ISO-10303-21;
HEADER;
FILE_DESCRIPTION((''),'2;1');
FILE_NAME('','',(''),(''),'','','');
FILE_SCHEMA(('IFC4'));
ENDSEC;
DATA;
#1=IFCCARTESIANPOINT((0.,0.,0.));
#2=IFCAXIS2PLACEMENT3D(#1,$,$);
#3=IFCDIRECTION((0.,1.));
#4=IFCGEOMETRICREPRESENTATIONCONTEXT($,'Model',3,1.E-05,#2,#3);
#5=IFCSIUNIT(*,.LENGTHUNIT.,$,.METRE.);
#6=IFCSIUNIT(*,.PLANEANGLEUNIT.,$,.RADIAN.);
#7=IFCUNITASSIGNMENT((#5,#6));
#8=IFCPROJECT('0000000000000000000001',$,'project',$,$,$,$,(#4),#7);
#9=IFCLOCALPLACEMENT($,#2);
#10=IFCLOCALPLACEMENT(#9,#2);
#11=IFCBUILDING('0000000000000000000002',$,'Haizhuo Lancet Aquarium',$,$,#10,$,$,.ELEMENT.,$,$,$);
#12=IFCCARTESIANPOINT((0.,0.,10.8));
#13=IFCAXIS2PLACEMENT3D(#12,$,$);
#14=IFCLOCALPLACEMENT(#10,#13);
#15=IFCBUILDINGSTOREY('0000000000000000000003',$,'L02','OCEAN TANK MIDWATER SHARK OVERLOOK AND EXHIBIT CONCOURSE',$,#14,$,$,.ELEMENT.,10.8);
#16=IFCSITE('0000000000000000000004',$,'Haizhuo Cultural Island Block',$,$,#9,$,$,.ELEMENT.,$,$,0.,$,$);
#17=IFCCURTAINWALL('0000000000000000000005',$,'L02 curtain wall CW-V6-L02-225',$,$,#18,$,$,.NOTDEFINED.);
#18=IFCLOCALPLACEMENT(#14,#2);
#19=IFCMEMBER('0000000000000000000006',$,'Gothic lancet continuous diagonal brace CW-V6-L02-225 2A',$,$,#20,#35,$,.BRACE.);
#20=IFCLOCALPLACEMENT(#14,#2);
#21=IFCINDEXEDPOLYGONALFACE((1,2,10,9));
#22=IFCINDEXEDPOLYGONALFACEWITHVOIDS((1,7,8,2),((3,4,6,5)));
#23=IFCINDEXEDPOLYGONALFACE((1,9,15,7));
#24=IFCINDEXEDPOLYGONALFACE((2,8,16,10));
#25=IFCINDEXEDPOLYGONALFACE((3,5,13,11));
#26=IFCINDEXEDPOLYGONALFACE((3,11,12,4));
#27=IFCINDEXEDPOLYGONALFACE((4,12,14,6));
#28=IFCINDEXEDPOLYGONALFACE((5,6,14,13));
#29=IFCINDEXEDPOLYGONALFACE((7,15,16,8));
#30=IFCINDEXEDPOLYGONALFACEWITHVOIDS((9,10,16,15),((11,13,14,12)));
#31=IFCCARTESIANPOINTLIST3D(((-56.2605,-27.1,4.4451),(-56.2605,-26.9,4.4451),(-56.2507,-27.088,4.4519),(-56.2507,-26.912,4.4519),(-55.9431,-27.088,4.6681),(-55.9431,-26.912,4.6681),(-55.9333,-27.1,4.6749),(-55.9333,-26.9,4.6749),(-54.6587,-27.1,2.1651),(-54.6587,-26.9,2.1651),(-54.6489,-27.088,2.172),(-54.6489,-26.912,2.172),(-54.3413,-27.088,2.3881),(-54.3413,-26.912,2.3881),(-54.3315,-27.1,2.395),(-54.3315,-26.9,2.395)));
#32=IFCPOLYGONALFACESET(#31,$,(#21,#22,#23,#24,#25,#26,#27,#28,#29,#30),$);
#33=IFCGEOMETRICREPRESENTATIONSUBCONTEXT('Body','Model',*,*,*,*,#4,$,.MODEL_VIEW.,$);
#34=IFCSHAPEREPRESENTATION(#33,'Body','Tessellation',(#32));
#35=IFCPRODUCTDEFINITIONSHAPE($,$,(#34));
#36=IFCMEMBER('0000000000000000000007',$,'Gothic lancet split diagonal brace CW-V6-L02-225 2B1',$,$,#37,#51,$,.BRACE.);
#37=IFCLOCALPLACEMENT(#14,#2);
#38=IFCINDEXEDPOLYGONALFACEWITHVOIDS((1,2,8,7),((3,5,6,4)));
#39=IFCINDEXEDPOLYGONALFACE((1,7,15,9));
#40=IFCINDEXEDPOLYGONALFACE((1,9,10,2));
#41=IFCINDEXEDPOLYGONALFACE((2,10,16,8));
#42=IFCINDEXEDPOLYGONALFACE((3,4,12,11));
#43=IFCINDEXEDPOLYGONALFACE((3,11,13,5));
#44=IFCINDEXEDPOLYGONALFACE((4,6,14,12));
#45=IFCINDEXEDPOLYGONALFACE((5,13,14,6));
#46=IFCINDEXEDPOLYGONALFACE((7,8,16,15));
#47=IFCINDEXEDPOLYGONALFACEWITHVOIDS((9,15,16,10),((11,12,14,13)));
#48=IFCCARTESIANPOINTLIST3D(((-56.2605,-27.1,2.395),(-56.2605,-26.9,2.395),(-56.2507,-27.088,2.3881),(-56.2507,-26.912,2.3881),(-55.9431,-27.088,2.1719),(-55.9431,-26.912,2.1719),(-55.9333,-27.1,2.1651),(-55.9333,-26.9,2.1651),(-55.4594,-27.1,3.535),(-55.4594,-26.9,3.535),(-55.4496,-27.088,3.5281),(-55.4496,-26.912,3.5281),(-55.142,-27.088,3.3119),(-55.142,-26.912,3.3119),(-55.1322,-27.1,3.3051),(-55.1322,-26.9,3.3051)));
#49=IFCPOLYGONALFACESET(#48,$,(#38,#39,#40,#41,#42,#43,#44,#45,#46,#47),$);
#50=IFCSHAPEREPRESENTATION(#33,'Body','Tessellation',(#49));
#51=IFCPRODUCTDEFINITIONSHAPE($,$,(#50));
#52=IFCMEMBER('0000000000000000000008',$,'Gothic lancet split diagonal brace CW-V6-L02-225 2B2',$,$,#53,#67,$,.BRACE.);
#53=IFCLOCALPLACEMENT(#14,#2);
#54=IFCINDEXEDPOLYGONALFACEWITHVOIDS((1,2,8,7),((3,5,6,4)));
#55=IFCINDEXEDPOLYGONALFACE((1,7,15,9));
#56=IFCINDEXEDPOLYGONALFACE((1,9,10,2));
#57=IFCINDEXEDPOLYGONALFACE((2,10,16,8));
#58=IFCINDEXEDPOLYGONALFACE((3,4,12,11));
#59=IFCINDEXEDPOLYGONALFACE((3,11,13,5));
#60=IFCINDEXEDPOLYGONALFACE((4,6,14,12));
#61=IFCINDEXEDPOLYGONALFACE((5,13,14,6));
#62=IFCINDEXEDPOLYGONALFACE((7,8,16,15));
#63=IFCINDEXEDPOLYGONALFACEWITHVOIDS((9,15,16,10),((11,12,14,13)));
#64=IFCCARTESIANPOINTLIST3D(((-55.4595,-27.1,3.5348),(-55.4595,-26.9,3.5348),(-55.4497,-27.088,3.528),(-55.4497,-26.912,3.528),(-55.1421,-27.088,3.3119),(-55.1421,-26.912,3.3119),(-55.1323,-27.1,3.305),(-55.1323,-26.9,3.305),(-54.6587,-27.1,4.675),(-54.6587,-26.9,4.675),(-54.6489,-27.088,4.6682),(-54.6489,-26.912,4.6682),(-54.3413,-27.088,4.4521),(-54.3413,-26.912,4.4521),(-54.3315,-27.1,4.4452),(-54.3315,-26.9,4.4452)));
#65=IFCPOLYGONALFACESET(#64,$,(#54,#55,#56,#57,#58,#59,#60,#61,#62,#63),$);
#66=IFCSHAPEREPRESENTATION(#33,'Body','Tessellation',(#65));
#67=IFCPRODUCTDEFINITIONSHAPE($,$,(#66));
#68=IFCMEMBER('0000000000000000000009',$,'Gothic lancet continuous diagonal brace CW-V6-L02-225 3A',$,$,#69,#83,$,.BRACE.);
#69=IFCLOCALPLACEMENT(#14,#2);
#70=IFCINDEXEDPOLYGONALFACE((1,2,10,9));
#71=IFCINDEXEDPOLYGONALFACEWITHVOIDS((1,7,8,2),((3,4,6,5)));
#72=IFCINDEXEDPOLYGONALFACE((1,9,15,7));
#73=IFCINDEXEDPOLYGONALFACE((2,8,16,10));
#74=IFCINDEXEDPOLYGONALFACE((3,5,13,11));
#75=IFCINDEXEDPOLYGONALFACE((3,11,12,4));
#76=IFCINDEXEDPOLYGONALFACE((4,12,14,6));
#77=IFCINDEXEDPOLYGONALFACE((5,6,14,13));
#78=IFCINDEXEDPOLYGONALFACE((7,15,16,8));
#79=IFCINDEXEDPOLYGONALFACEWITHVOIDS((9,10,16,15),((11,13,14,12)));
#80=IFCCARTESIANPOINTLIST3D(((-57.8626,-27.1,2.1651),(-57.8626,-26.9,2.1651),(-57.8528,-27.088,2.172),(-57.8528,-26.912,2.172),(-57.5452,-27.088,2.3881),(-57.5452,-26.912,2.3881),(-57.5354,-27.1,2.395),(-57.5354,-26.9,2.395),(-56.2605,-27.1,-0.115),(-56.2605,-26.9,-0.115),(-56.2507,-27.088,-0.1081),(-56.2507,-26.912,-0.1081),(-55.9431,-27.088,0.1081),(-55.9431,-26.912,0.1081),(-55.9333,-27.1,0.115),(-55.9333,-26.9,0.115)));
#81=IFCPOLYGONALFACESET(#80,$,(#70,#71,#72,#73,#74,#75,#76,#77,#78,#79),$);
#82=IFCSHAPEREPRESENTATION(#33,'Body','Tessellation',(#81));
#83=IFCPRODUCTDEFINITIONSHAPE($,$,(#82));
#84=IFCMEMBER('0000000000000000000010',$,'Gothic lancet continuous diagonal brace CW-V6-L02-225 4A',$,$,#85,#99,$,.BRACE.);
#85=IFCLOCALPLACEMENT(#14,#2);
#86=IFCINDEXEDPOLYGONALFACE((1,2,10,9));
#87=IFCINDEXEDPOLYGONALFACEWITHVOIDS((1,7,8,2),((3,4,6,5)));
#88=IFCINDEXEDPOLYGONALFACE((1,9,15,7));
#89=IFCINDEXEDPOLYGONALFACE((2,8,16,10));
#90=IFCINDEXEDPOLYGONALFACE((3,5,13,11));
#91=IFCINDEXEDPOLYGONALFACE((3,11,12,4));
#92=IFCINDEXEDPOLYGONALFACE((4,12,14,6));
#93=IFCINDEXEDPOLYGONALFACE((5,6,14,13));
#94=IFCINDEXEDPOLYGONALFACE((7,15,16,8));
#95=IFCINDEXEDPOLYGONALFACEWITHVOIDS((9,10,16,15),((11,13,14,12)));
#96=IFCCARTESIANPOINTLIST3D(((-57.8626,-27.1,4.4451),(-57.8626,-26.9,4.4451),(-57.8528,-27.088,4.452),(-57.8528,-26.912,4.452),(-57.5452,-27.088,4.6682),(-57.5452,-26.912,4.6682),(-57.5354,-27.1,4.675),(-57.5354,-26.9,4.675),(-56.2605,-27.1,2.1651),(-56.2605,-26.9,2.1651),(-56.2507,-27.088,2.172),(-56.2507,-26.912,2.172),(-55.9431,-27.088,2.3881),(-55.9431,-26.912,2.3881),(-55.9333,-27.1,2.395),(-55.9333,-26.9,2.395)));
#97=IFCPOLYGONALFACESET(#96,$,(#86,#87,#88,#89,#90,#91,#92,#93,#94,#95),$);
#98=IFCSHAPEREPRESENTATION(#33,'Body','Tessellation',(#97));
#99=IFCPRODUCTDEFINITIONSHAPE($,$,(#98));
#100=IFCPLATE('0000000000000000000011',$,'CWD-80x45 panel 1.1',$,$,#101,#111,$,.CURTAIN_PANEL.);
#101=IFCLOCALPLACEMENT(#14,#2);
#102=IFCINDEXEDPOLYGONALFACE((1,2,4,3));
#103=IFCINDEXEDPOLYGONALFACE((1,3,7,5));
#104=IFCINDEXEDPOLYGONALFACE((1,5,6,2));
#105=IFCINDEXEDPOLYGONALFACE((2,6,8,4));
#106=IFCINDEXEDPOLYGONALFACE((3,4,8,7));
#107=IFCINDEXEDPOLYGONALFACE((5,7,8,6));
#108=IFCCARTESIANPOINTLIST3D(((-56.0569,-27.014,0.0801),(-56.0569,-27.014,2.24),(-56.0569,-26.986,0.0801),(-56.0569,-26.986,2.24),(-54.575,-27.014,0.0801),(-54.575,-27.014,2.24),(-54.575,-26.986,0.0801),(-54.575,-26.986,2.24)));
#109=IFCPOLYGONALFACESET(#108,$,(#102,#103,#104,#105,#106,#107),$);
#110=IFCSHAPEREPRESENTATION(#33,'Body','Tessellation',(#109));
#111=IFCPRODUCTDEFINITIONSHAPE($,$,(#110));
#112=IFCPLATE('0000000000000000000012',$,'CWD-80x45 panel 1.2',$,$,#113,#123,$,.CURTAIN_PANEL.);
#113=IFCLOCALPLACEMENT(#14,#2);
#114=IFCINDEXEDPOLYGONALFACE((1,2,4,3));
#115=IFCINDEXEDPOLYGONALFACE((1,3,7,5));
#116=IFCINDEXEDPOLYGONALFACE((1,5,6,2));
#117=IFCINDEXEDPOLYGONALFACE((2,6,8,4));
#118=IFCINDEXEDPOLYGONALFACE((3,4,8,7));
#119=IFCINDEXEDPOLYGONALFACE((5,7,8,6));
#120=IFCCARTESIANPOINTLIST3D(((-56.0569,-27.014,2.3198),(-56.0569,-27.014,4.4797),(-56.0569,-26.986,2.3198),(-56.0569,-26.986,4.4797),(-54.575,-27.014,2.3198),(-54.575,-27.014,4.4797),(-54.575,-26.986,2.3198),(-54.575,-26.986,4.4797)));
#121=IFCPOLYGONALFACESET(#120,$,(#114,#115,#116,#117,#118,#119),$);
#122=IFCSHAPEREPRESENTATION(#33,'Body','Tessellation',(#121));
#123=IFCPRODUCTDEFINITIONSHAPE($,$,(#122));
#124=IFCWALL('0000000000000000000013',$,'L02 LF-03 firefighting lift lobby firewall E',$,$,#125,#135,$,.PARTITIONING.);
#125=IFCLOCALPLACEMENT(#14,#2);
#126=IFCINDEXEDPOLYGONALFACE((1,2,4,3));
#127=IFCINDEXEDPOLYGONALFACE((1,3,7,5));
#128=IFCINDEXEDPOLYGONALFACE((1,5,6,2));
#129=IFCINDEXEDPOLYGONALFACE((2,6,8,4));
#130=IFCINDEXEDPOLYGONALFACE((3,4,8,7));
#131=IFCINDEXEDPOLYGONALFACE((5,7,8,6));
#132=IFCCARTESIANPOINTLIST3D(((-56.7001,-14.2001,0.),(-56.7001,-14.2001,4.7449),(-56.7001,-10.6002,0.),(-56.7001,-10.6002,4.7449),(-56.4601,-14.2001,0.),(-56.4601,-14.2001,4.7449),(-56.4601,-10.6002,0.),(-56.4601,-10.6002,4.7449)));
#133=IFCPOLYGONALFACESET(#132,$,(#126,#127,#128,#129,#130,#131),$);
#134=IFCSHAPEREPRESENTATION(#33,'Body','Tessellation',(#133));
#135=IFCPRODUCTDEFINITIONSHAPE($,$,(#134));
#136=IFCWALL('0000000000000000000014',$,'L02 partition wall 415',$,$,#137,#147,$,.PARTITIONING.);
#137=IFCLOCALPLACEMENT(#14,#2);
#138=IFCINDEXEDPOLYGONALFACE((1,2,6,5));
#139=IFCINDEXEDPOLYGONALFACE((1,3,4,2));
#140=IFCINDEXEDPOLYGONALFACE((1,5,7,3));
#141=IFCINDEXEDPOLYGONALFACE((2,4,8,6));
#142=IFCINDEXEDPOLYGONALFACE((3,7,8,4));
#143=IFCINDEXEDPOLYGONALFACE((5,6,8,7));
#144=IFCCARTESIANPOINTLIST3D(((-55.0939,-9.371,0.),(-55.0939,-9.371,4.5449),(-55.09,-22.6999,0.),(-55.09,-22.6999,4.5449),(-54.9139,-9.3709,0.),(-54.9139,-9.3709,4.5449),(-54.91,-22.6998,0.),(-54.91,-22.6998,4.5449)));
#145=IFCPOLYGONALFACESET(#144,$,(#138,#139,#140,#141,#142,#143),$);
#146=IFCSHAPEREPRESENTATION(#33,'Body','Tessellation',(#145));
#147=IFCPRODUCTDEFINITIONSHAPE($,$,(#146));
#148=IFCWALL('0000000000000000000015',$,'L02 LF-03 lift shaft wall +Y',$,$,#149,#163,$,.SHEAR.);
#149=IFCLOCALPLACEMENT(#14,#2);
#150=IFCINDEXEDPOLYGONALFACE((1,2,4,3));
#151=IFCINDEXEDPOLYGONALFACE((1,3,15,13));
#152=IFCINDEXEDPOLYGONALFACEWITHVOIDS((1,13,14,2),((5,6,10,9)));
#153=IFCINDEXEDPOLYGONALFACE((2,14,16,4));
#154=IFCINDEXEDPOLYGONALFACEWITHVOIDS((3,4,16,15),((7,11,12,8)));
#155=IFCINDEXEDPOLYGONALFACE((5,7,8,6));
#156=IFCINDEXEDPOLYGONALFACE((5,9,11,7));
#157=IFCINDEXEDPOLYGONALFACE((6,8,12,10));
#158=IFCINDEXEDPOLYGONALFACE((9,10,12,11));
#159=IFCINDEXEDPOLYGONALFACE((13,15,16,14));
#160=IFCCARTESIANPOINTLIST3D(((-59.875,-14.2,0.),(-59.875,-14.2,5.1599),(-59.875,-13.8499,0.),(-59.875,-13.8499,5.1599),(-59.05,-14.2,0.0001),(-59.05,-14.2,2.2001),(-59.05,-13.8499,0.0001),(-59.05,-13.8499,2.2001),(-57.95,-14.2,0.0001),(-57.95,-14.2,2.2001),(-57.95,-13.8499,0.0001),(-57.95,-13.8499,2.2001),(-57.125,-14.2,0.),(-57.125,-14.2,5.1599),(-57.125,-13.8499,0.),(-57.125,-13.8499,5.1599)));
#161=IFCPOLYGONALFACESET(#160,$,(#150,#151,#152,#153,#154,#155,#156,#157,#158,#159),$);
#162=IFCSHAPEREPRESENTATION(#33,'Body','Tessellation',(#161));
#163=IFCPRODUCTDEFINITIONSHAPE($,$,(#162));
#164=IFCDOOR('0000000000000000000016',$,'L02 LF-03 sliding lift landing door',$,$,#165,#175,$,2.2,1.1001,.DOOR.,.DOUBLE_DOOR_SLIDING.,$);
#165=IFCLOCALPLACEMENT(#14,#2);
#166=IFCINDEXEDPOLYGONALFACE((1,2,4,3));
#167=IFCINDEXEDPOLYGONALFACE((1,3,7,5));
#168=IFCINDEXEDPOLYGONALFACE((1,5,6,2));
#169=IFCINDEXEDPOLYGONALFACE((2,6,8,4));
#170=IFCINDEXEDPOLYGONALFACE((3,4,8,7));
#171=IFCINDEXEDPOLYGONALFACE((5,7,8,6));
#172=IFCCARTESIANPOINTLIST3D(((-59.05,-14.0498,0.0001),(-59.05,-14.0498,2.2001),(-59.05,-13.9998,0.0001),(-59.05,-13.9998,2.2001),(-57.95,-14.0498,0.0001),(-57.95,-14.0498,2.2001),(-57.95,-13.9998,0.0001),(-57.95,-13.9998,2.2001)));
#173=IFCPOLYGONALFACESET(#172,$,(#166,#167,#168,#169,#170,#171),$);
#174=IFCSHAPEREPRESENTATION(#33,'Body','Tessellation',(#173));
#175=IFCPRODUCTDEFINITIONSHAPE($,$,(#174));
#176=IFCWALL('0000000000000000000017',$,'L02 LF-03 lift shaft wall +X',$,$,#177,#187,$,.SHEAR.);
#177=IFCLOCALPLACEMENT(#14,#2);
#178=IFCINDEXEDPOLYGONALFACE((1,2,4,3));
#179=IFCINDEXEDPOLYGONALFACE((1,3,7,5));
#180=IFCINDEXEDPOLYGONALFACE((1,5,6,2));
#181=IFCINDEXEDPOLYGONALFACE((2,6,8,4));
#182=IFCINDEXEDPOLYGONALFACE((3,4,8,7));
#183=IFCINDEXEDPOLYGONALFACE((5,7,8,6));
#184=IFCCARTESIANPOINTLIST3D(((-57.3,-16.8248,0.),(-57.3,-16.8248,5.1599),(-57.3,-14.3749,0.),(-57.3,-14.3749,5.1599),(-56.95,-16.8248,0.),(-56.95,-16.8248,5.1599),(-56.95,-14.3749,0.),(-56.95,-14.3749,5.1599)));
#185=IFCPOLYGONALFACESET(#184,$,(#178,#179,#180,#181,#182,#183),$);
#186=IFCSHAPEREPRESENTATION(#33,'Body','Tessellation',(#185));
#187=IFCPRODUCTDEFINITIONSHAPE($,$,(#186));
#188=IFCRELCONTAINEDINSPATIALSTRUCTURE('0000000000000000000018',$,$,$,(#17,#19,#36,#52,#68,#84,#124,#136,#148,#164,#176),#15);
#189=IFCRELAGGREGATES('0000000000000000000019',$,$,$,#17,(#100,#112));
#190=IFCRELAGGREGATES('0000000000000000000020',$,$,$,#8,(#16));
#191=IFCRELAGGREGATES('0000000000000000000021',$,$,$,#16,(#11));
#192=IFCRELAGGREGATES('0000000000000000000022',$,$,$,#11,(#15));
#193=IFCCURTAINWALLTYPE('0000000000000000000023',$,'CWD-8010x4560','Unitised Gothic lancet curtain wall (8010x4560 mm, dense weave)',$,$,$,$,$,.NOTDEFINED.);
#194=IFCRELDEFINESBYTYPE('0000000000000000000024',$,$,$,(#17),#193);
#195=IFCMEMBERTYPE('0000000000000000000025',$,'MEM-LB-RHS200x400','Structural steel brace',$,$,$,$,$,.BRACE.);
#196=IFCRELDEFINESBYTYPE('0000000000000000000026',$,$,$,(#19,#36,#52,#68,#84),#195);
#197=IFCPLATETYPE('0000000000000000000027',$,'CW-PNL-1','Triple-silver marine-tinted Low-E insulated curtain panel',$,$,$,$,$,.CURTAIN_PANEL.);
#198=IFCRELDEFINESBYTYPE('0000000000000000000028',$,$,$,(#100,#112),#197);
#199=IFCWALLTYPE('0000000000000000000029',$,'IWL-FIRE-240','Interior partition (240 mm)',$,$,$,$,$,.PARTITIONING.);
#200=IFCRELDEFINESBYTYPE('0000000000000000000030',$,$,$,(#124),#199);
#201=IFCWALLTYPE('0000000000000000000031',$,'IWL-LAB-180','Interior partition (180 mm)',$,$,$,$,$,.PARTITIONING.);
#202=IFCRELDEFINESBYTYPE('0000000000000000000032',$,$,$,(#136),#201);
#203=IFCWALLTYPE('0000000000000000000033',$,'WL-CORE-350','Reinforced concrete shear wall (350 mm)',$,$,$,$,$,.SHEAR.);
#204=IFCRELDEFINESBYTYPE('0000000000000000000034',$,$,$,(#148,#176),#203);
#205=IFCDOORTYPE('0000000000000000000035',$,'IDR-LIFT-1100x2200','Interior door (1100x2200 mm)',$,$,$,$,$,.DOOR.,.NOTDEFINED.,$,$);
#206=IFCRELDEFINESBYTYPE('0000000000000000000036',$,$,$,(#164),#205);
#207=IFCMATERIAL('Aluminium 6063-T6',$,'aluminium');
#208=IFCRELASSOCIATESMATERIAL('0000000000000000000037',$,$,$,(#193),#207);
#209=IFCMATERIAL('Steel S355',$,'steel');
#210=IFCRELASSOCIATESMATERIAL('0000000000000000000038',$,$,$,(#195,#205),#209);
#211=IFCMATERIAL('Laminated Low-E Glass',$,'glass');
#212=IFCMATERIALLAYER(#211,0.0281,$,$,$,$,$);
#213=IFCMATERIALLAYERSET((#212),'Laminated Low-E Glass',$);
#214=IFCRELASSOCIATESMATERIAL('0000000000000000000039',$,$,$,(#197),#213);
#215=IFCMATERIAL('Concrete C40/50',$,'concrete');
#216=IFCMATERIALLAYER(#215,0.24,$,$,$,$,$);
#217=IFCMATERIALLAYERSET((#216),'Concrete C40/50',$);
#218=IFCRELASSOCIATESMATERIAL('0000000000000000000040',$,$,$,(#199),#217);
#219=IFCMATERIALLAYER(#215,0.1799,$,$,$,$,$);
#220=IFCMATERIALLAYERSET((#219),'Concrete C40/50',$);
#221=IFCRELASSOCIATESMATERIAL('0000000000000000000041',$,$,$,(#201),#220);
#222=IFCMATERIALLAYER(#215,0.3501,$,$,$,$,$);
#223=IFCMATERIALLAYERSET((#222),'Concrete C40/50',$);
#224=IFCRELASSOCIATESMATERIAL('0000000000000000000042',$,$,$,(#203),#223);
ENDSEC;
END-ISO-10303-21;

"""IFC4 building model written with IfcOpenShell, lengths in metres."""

from ifc_helpers import new_model, si_unit, direction, frame, frame_2d, origin, origin_2d, place, context, subcontext, project, spatial, rectangle, hollow_rectangle, extrude, material, layer, layer_set, material_profile, profile_set, type_object, element, fill, aggregate, save


model = new_model("IFC4")

# Units and contexts
model_context = context("Model", 3, precision=1e-05, world=origin(), true_north=direction((0.0, 1.0)))
body_context = subcontext(model_context, "Body", "Model", "MODEL_VIEW")
ifc_project = project(units=[si_unit("LENGTHUNIT", "METRE"), si_unit("PLANEANGLEUNIT", "RADIAN")], contexts=[model_context])

# Site, building, storey
site_placement = place(None, origin())
site = spatial("IfcSite", under=ifc_project, at=site_placement, Name="Haizhuo Cultural Island Block", CompositionType="ELEMENT", RefElevation=0.0)
building_placement = place(site_placement, origin())
building = spatial("IfcBuilding", under=site, at=building_placement, Name="Haizhuo Lancet Aquarium", CompositionType="ELEMENT")
storey_placement = place(building_placement, frame((0.0, 0.0, 10.8)))
storey = spatial("IfcBuildingStorey", under=building, at=storey_placement, Name="L02", Description="OCEAN TANK MIDWATER SHARK OVERLOOK AND EXHIBIT CONCOURSE", CompositionType="ELEMENT", Elevation=10.8)

# Curtain wall
ifc_material_1 = material(Name="Aluminium 6063-T6", Category="aluminium")
curtain_wall_type = type_object("IfcCurtainWallType", Name="CWD-8010x4560", Description="Unitised Gothic lancet curtain wall (8010x4560 mm, dense weave)", PredefinedType="NOTDEFINED", material=ifc_material_1)
curtain_wall_placement = place(storey_placement, origin())
curtain_wall = element("IfcCurtainWall", 1, at=curtain_wall_placement, inside=storey, type_object=curtain_wall_type, Name="L02 curtain wall CW-V6-L02-225", PredefinedType="NOTDEFINED")

# Members
ifc_material_2 = material(Name="Steel S355", Category="steel")
ifc_material_profile_1 = material_profile(ifc_material_2, hollow_rectangle(XDim=0.2, YDim=0.3999, WallThickness=0.012, at=origin_2d()), Name="RHS 200x400x12")
ifc_profile_set_1 = profile_set([ifc_material_profile_1], Name="Steel S355")
member_type_1 = type_object("IfcMemberType", Name="MEM-LB-RHS200x400", Description="Structural steel brace", PredefinedType="BRACE", material=ifc_profile_set_1)
member_1_placement = place(storey_placement, frame((-54.4951, -27.0, 2.28), z_axis=(-0.574855, 0.0, 0.818255), x_axis=(0.0, -1.0, 0.0)))
element("IfcMember", 2, at=member_1_placement, inside=storey, type_object=member_type_1, Name="Gothic lancet continuous diagonal brace CW-V6-L02-225 2A", PredefinedType="BRACE", context=body_context, shape_type="SweptSolid", body=[
    extrude(hollow_rectangle(XDim=0.2, YDim=0.3999, WallThickness=0.012, at=origin_2d()), origin(), (0.0, 0.0, 1.0), 2.7864),
])
for number, where, z_axis, x_axis, name in (
    (3, (-56.0969, -27.0, 2.28), (0.574955, 0.0, 0.818185), (0.0, 1.0, 0.0), "Gothic lancet split diagonal brace CW-V6-L02-225 2B1"),
    (4, (-55.2959, -27.0, 3.4199), (0.574755, 0.0, 0.818325), (0.0, 1.0, 0.0), "Gothic lancet split diagonal brace CW-V6-L02-225 2B2"),
):
    element("IfcMember", number, at=place(storey_placement, frame(where, z_axis=z_axis, x_axis=x_axis)), inside=storey, type_object=member_type_1, Name=name, PredefinedType="BRACE", context=body_context, shape_type="SweptSolid", body=[
        extrude(hollow_rectangle(XDim=0.2, YDim=0.3999, WallThickness=0.012, at=origin_2d()), origin(), (0.0, 0.0, 1.0), 1.3933),
    ])
for number, where, z_axis, x_axis, name in (
    (5, (-56.0969, -27.0, 0.0), (-0.574914, 0.0, 0.818214), (0.0, -1.0, 0.0), "Gothic lancet continuous diagonal brace CW-V6-L02-225 3A"),
    (6, (-56.0969, -27.0, 2.28), (-0.574914, 0.0, 0.818214), (0.0, -1.0, 0.0), "Gothic lancet continuous diagonal brace CW-V6-L02-225 4A"),
):
    element("IfcMember", number, at=place(storey_placement, frame(where, z_axis=z_axis, x_axis=x_axis)), inside=storey, type_object=member_type_1, Name=name, PredefinedType="BRACE", context=body_context, shape_type="SweptSolid", body=[
        extrude(hollow_rectangle(XDim=0.2, YDim=0.3999, WallThickness=0.012, at=origin_2d()), origin(), (0.0, 0.0, 1.0), 2.7866),
    ])

# Plates
ifc_material_3 = material(Name="Laminated Low-E Glass", Category="glass")
ifc_layer_1 = layer(ifc_material_3, 0.0281)
ifc_layer_set_1 = layer_set([ifc_layer_1], Name="Laminated Low-E Glass")
plate_type = type_object("IfcPlateType", Name="CW-PNL-1", Description="Triple-silver marine-tinted Low-E insulated curtain panel", PredefinedType="CURTAIN_PANEL", material=ifc_layer_set_1)
plate_1_placement = place(storey_placement, frame((-55.3159, -27.0, 0.0801), z_axis=(0.0, 0.0, 1.0), x_axis=(-1.0, 0.0, 0.0)))
plate_1 = element("IfcPlate", 7, at=plate_1_placement, type_object=plate_type, Name="CWD-80x45 panel 1.1", PredefinedType="CURTAIN_PANEL", context=body_context, shape_type="SweptSolid", body=[
    extrude(rectangle(XDim=1.4819, YDim=0.0281, at=origin_2d()), origin(), (0.0, 0.0, 1.0), 2.1599),
])
plate_2_placement = place(storey_placement, frame((-55.3159, -27.0, 2.3198), z_axis=(0.0, 0.0, 1.0), x_axis=(-1.0, 0.0, 0.0)))
plate_2 = element("IfcPlate", 8, at=plate_2_placement, type_object=plate_type, Name="CWD-80x45 panel 1.2", PredefinedType="CURTAIN_PANEL", context=body_context, shape_type="SweptSolid", body=[
    extrude(rectangle(XDim=1.4819, YDim=0.0281, at=origin_2d()), origin(), (0.0, 0.0, 1.0), 2.1599),
])
aggregate(curtain_wall, [plate_1, plate_2])

# Walls
ifc_material_4 = material(Name="Concrete C40/50", Category="concrete")
ifc_layer_2 = layer(ifc_material_4, 0.24)
ifc_layer_set_2 = layer_set([ifc_layer_2], Name="Concrete C40/50")
wall_type_1 = type_object("IfcWallType", Name="IWL-FIRE-240", Description="Interior partition (240 mm)", PredefinedType="PARTITIONING", material=ifc_layer_set_2)
wall_1_placement = place(storey_placement, frame((-56.5801, -14.2, 0.0), z_axis=(0.0, 0.0, 1.0), x_axis=(0.0, 1.0, 0.0)))
element("IfcWall", 9, at=wall_1_placement, inside=storey, type_object=wall_type_1, Name="L02 LF-03 firefighting lift lobby firewall E", PredefinedType="PARTITIONING", context=body_context, shape_type="SweptSolid", body=[
    extrude(rectangle(XDim=3.5999, YDim=0.24, at=frame_2d((1.7998, 0.0))), origin(), (0.0, 0.0, 1.0), 4.7449),
])
ifc_layer_3 = layer(ifc_material_4, 0.1799)
ifc_layer_set_3 = layer_set([ifc_layer_3], Name="Concrete C40/50")
wall_type_2 = type_object("IfcWallType", Name="IWL-LAB-180", Description="Interior partition (180 mm)", PredefinedType="PARTITIONING", material=ifc_layer_set_3)
wall_2_placement = place(storey_placement, frame((-55.0, -22.7, 0.0), z_axis=(0.0, 0.0, 1.0), x_axis=(-0.000293, 1.0, 0.0)))
element("IfcWall", 10, at=wall_2_placement, inside=storey, type_object=wall_type_2, Name="L02 partition wall 415", PredefinedType="PARTITIONING", context=body_context, shape_type="SweptSolid", body=[
    extrude(rectangle(XDim=13.3289, YDim=0.1799, at=frame_2d((6.6646, 0.0))), origin(), (0.0, 0.0, 1.0), 4.5449),
])

# Wall, opening, door
ifc_layer_4 = layer(ifc_material_4, 0.3501)
ifc_layer_set_4 = layer_set([ifc_layer_4], Name="Concrete C40/50")
wall_type_3 = type_object("IfcWallType", Name="WL-CORE-350", Description="Reinforced concrete shear wall (350 mm)", PredefinedType="SHEAR", material=ifc_layer_set_4)
wall_3_placement = place(storey_placement, frame((-57.125, -14.0249, 0.0), z_axis=(0.0, 0.0, 1.0), x_axis=(-1.0, 0.0, 0.0)))
wall_3 = element("IfcWall", 11, at=wall_3_placement, inside=storey, type_object=wall_type_3, Name="L02 LF-03 lift shaft wall +Y", PredefinedType="SHEAR", context=body_context, shape_type="SweptSolid", body=[
    extrude(rectangle(XDim=2.75, YDim=0.3501, at=frame_2d((1.375, 0.0))), origin(), (0.0, 0.0, 1.0), 5.1599),
])
opening_placement = place(wall_3_placement, frame((0.825, 0.0, 0.0)))
opening = element("IfcOpeningElement", 12, at=opening_placement, cuts=wall_3, PredefinedType="OPENING", context=body_context, shape_type="SweptSolid", body=[
    extrude(rectangle(XDim=1.1001, YDim=2.2, at=frame_2d((0.55, 1.1001))), frame((0.0, 0.1851, 0.0), z_axis=(0.0, -1.0, 0.0), x_axis=(1.0, 0.0, 0.0)), (0.0, 0.0, 1.0), 0.3701),
])
door_type = type_object("IfcDoorType", Name="IDR-LIFT-1100x2200", Description="Interior door (1100x2200 mm)", OperationType="NOTDEFINED", PredefinedType="DOOR", material=ifc_material_2)
door_placement = place(opening_placement, origin())
door = element("IfcDoor", 13, at=door_placement, inside=storey, type_object=door_type, Name="L02 LF-03 sliding lift landing door", OperationType="DOUBLE_DOOR_SLIDING", OverallHeight=2.2, OverallWidth=1.1001, PredefinedType="DOOR", context=body_context, shape_type="SweptSolid", body=[
    extrude(rectangle(XDim=1.1001, YDim=2.2, at=frame_2d((0.55, 1.1001))), frame((0.0, 0.0249, 0.0), z_axis=(0.0, -1.0, 0.0), x_axis=(1.0, 0.0, 0.0)), (0.0, 0.0, 1.0), 0.05),
])
fill(opening, door)

# Wall
wall_4_placement = place(storey_placement, frame((-57.125, -16.825, 0.0), z_axis=(0.0, 0.0, 1.0), x_axis=(0.0, 1.0, 0.0)))
element("IfcWall", 14, at=wall_4_placement, inside=storey, type_object=wall_type_3, Name="L02 LF-03 lift shaft wall +X", PredefinedType="SHEAR", context=body_context, shape_type="SweptSolid", body=[
    extrude(rectangle(XDim=2.45, YDim=0.3501, at=frame_2d((1.2251, 0.0))), origin(), (0.0, 0.0, 1.0), 5.1599),
])

save(model, "model.ifc")
